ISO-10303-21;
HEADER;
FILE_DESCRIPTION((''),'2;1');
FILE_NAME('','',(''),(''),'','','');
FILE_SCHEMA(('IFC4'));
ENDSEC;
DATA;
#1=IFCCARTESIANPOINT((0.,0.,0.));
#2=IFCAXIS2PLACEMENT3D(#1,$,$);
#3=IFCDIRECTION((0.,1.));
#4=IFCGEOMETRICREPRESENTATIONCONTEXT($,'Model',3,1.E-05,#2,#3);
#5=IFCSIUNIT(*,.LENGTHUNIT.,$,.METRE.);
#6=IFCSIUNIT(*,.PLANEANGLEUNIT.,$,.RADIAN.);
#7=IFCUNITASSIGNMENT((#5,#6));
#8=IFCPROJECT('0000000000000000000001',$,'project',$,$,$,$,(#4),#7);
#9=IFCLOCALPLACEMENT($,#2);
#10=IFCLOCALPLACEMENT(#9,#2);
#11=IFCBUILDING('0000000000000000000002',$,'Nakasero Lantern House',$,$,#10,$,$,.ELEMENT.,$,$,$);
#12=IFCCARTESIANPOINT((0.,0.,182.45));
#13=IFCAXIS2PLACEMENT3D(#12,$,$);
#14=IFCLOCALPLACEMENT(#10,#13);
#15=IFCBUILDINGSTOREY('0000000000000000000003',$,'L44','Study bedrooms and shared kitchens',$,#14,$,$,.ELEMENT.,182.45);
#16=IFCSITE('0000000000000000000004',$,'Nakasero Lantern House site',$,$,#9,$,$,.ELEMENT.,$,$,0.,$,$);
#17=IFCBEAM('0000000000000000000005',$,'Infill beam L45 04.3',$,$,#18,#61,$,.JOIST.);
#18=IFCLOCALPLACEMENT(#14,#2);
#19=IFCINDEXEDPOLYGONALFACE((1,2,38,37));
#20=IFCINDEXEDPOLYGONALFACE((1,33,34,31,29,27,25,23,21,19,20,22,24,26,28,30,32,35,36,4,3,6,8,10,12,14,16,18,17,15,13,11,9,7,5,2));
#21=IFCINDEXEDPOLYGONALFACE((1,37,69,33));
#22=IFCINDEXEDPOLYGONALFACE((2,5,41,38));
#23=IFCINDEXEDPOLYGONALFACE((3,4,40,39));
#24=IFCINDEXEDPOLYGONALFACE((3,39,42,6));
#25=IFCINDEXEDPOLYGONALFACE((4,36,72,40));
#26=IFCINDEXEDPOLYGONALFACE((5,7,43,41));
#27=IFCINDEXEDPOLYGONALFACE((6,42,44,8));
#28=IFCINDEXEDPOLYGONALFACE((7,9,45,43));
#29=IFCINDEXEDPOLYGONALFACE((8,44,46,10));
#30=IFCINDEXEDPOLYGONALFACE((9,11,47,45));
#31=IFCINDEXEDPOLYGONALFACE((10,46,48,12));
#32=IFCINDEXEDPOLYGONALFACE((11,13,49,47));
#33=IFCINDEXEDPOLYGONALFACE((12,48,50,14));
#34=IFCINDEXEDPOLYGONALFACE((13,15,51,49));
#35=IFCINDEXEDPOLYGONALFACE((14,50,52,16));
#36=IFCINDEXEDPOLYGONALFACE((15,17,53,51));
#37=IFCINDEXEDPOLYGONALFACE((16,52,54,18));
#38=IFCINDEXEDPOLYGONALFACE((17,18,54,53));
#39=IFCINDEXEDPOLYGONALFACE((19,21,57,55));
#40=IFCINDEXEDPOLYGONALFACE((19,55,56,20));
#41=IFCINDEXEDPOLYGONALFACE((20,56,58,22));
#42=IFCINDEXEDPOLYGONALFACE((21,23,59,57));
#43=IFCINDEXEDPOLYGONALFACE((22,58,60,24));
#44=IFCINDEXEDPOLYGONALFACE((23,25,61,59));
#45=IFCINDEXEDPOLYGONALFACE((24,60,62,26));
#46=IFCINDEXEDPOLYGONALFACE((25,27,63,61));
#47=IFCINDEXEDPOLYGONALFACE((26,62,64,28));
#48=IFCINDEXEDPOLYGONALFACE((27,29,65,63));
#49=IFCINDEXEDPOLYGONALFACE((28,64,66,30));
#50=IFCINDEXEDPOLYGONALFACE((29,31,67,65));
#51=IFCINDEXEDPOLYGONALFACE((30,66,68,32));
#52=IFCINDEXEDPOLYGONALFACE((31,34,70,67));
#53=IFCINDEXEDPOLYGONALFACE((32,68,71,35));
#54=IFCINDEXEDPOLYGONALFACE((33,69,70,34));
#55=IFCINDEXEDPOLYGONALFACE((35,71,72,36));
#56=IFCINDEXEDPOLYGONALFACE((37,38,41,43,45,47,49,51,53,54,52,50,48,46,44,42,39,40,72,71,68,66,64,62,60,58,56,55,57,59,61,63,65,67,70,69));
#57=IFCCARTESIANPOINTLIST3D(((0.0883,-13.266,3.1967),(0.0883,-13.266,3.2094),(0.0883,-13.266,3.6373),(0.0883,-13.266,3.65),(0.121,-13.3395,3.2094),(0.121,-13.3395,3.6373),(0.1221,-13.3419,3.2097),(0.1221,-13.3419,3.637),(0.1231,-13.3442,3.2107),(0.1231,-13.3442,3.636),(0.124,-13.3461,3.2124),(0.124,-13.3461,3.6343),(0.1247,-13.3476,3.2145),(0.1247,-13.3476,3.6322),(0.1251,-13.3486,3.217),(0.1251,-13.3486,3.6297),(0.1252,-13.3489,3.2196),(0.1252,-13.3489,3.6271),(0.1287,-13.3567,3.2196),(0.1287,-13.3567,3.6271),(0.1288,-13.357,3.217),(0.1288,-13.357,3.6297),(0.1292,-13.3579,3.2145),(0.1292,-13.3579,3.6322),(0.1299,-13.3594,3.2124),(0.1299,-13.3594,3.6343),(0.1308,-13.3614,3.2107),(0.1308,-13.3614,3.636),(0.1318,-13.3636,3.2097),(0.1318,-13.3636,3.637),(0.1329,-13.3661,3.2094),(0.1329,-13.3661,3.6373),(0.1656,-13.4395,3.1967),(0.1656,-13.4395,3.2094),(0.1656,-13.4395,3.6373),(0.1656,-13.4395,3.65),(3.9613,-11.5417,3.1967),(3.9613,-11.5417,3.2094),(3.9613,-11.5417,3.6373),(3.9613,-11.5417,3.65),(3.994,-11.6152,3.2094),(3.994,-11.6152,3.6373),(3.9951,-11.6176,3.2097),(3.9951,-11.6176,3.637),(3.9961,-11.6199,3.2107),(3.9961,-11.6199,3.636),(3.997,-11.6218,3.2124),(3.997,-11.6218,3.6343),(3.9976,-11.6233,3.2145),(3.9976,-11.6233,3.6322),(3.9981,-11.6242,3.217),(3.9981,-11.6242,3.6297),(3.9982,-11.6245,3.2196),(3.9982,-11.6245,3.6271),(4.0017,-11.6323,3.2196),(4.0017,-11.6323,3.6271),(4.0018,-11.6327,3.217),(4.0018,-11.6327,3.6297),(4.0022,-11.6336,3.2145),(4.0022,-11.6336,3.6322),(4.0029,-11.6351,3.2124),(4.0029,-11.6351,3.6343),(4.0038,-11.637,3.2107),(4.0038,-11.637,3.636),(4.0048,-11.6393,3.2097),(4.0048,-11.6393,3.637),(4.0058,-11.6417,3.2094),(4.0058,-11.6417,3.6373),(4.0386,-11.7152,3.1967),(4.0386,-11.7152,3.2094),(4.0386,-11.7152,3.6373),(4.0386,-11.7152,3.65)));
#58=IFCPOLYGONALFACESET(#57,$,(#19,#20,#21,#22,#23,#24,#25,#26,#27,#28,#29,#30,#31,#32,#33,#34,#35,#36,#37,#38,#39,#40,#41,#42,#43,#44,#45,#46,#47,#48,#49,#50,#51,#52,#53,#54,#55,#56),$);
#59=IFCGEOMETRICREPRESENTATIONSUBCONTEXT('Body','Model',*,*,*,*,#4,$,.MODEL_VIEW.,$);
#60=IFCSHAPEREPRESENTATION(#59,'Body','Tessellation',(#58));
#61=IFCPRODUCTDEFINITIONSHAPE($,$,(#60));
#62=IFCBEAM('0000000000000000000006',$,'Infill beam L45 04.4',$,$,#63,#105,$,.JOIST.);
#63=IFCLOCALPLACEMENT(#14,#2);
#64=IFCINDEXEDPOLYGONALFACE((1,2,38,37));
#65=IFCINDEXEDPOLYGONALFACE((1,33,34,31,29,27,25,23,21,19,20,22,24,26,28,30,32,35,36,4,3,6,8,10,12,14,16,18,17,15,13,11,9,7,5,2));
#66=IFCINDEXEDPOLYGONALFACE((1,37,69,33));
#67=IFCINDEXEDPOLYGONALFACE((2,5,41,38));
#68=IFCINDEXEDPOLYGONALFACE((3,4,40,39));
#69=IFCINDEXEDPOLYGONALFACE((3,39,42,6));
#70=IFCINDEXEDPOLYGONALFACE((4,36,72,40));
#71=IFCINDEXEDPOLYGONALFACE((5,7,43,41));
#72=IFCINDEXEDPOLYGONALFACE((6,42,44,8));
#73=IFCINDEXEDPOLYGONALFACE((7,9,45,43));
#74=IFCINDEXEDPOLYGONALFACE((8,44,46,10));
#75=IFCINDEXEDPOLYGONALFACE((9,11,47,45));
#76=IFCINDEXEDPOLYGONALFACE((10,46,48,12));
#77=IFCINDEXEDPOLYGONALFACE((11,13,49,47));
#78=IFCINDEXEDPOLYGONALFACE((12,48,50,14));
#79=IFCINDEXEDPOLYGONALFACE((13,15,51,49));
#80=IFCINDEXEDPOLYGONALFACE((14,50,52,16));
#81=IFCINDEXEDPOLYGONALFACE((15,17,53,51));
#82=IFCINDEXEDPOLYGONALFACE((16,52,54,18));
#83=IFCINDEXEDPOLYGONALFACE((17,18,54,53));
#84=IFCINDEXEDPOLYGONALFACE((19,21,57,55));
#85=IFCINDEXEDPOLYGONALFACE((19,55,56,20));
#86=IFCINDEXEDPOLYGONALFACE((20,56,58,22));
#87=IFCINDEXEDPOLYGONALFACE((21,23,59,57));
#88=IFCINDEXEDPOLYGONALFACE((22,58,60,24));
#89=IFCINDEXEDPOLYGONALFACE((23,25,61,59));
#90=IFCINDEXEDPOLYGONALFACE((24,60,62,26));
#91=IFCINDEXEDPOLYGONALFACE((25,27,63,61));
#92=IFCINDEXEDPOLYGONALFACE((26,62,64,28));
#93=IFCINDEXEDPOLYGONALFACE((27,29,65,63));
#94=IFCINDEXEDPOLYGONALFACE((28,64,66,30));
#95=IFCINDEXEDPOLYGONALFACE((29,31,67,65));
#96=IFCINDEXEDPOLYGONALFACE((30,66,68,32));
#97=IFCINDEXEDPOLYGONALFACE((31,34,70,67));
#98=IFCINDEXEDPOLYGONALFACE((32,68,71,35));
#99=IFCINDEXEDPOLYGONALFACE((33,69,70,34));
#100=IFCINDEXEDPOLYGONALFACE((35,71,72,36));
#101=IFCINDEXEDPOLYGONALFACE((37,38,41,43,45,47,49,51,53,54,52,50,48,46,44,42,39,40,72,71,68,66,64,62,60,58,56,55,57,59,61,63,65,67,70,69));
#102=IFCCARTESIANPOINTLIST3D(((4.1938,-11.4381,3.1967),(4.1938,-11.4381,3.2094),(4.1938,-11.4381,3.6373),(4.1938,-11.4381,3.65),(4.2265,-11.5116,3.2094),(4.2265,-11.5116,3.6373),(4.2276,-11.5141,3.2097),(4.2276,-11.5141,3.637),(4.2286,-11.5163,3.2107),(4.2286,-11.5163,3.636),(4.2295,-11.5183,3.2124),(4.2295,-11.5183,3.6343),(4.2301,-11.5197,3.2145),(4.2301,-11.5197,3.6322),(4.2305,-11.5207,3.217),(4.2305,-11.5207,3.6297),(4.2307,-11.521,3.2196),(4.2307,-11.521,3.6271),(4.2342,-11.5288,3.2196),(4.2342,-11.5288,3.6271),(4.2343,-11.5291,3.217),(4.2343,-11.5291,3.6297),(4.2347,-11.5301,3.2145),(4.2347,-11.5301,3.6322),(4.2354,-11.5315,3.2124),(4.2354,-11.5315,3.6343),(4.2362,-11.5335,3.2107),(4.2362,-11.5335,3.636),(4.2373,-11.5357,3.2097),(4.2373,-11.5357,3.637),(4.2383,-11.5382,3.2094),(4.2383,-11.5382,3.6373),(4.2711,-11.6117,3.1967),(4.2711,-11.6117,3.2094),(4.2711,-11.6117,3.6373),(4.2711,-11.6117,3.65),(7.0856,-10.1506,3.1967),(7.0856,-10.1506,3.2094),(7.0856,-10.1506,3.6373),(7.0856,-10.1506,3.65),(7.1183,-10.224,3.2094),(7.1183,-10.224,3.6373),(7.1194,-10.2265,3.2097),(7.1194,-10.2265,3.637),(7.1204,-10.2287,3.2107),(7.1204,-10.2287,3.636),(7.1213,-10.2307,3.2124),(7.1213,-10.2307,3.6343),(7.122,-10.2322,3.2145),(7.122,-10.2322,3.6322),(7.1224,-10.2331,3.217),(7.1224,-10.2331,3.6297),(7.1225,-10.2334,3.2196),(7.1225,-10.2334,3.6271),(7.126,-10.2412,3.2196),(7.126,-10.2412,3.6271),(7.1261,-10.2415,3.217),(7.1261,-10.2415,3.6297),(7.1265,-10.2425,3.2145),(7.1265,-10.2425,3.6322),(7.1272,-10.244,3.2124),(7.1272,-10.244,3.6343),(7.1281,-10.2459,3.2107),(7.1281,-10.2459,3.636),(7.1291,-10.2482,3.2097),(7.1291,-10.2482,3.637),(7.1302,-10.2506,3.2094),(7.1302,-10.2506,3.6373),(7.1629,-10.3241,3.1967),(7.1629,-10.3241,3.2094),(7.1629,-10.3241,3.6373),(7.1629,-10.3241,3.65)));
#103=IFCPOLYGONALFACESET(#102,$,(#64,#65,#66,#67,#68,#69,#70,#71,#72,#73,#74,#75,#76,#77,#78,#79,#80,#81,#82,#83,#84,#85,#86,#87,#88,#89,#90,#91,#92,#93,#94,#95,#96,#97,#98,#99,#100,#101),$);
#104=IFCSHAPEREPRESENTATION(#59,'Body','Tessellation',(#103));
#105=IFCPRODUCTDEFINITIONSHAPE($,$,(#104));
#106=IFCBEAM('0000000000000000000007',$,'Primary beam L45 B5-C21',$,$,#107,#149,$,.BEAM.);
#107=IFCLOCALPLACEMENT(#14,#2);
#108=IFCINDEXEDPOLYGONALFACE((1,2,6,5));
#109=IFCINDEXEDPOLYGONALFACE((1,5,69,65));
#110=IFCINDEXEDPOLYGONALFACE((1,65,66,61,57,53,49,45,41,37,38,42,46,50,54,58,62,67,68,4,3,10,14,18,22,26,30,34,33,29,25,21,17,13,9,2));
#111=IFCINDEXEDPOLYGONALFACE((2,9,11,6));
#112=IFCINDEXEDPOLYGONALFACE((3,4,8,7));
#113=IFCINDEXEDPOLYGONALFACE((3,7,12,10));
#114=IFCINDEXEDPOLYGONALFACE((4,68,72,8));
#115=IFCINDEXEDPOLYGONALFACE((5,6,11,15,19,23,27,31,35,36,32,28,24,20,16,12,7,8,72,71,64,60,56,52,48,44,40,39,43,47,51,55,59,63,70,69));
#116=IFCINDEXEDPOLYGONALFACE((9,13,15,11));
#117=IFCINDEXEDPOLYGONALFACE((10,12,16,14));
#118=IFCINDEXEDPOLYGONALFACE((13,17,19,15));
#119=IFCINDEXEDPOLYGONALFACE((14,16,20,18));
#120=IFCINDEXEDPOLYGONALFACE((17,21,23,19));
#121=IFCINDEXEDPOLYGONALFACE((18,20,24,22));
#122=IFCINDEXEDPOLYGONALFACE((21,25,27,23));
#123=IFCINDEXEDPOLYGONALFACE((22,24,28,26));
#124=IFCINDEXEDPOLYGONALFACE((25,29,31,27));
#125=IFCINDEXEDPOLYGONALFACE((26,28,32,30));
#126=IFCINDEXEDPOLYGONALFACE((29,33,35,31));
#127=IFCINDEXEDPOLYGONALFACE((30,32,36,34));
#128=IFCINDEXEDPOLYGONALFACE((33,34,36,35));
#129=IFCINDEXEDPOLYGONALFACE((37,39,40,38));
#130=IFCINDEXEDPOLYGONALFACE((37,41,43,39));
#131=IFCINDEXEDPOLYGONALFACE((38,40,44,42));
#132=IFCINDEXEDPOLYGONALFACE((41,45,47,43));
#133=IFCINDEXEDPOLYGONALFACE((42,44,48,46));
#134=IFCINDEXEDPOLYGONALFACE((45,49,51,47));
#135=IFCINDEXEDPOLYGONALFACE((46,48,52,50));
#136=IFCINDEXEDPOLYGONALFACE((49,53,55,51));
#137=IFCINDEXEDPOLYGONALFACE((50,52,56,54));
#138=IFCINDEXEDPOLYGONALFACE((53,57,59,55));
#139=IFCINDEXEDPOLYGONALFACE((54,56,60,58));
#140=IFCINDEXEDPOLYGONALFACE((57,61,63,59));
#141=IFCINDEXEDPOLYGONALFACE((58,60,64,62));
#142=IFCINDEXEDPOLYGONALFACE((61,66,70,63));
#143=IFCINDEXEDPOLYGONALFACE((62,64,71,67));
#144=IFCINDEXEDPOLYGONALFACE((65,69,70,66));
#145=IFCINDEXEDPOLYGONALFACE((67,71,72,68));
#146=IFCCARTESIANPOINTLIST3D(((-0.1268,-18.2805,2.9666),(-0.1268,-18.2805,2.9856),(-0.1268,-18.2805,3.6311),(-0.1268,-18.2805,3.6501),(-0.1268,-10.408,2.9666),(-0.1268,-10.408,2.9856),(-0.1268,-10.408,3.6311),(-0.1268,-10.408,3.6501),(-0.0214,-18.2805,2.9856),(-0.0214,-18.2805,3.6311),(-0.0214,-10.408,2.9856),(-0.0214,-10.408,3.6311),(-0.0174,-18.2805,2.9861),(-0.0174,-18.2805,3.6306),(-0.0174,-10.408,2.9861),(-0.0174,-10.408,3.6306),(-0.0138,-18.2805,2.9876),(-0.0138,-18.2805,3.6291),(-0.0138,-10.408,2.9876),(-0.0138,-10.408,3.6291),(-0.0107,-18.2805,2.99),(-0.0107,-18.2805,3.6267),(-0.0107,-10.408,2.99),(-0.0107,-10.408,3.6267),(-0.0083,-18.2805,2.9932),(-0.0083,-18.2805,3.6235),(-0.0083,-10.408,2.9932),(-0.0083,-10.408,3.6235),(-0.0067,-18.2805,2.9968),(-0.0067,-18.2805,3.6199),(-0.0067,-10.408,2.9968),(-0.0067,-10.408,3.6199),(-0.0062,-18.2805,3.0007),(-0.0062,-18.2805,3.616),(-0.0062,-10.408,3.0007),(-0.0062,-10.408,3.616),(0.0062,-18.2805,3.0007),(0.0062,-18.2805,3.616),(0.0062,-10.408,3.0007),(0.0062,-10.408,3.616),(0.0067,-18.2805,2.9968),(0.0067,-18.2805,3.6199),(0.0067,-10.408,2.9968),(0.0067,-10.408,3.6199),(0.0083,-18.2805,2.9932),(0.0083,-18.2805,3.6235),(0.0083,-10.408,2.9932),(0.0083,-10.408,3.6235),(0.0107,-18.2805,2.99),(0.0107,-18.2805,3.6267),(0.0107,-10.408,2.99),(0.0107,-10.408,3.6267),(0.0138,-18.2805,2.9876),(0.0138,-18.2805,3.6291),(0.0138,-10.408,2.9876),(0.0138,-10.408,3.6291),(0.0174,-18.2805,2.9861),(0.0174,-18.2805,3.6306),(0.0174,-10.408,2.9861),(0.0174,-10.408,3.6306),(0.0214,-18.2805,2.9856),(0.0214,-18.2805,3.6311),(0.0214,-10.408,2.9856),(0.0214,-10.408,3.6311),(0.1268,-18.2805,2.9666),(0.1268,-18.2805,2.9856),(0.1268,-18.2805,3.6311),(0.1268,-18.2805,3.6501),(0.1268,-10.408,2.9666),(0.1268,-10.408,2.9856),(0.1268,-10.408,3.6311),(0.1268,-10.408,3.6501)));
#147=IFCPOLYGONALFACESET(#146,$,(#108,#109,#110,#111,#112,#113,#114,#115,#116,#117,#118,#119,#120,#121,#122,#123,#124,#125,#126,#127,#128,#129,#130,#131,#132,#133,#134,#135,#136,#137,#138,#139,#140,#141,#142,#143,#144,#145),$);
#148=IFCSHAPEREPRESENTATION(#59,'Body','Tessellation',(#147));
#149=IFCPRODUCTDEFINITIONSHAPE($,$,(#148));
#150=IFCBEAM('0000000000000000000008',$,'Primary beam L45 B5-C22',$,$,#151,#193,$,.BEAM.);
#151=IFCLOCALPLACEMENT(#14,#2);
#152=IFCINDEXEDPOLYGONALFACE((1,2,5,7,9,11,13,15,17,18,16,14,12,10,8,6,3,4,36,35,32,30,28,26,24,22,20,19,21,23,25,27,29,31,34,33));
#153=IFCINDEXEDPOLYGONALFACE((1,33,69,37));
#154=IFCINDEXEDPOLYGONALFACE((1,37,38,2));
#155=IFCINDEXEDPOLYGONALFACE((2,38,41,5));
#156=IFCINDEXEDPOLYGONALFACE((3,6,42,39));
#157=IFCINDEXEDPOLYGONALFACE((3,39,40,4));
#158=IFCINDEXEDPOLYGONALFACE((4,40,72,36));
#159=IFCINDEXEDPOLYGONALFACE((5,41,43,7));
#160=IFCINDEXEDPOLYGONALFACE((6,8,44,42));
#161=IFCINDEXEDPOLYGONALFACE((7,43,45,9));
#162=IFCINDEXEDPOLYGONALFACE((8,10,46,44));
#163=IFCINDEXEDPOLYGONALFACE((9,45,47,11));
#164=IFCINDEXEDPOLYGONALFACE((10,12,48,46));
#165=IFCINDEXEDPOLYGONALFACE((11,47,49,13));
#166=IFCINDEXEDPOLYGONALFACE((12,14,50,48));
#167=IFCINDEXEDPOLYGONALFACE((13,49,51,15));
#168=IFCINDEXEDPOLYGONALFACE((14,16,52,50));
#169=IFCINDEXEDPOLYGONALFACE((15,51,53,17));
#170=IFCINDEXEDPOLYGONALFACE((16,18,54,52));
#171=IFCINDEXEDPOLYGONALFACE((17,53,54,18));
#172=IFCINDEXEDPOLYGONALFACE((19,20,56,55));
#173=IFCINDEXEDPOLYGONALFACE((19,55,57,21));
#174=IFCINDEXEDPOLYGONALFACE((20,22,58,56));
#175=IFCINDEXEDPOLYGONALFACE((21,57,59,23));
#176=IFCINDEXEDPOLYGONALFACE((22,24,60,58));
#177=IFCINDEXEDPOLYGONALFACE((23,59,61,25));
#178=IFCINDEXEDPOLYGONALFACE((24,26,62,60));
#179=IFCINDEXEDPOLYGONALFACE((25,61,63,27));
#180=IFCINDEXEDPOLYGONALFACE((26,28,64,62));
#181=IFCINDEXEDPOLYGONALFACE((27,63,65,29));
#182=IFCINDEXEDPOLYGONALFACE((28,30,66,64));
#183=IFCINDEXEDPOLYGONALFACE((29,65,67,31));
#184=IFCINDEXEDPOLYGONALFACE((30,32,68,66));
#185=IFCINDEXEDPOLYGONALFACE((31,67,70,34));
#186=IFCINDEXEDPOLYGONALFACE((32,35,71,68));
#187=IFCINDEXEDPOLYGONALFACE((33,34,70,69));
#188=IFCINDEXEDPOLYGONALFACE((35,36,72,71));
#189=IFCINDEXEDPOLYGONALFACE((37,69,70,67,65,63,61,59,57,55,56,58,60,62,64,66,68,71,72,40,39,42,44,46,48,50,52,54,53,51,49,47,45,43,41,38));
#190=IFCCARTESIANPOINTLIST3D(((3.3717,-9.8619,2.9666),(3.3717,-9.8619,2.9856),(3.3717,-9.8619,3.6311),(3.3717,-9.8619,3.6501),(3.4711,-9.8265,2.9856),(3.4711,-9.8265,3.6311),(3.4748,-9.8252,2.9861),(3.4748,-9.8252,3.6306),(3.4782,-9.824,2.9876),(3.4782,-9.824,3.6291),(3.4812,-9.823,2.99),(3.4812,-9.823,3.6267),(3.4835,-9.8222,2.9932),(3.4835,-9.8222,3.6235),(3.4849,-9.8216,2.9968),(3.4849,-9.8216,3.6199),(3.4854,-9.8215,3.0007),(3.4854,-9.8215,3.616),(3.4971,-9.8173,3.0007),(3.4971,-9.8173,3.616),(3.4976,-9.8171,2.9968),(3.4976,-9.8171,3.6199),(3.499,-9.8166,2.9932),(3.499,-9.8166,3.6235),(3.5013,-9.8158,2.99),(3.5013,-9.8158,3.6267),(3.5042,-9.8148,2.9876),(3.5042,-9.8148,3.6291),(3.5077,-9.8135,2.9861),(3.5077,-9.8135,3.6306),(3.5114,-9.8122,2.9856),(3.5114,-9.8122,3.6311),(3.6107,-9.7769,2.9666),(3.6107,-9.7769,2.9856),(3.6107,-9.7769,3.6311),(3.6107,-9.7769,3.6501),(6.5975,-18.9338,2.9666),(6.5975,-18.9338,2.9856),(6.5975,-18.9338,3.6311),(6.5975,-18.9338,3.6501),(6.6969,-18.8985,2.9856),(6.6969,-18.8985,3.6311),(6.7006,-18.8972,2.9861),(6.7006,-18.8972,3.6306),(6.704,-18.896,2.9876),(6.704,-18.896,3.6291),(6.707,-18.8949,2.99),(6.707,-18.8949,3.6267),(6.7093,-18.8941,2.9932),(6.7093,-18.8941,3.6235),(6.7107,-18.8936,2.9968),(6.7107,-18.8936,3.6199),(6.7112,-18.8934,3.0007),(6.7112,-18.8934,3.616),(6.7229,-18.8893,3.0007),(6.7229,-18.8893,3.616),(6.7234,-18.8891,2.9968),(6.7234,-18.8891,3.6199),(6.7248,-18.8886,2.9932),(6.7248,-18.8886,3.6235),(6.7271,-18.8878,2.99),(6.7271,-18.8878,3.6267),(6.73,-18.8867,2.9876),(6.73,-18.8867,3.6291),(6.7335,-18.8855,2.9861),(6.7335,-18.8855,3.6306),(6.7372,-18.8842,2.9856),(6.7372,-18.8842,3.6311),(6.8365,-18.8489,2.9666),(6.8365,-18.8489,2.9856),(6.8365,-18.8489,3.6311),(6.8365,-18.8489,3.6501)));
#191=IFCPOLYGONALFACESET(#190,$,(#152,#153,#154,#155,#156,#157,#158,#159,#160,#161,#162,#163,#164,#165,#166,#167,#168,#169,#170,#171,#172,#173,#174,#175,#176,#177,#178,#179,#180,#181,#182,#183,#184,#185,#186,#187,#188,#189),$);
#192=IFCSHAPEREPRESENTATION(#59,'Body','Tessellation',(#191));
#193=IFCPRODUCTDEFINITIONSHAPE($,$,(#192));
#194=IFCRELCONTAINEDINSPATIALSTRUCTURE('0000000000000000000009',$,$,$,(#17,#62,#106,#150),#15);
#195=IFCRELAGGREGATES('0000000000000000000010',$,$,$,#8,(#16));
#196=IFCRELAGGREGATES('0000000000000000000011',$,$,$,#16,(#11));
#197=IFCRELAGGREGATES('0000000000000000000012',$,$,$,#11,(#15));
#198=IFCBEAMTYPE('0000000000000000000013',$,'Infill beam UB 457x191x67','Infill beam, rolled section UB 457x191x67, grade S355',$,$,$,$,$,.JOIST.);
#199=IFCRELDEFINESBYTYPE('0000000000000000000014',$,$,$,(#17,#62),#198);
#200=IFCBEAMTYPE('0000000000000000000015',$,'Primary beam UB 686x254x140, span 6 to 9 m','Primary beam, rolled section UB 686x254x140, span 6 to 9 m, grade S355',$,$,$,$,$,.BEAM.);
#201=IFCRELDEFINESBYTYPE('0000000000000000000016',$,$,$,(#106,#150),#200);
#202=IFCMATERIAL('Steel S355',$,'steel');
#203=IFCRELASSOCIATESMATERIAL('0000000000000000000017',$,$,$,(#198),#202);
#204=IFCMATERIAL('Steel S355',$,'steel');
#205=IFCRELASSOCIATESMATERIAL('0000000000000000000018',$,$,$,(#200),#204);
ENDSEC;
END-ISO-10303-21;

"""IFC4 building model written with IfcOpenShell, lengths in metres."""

from ifc_helpers import new_model, si_unit, direction, frame, origin, origin_2d, place, context, subcontext, project, spatial, i_section, extrude, material, material_profile, profile_set, type_object, element, save


model = new_model("IFC4")

# Units and contexts
model_context = context("Model", 3, precision=1e-05, world=origin(), true_north=direction((0.0, 1.0)))
body_context = subcontext(model_context, "Body", "Model", "MODEL_VIEW")
ifc_project = project(units=[si_unit("LENGTHUNIT", "METRE"), si_unit("PLANEANGLEUNIT", "RADIAN")], contexts=[model_context])

# Site, building, storey
site_placement = place(None, origin())
site = spatial("IfcSite", under=ifc_project, at=site_placement, Name="Nakasero Lantern House site", CompositionType="ELEMENT", RefElevation=0.0)
building_placement = place(site_placement, origin())
building = spatial("IfcBuilding", under=site, at=building_placement, Name="Nakasero Lantern House", CompositionType="ELEMENT")
storey_placement = place(building_placement, frame((0.0, 0.0, 182.45)))
storey = spatial("IfcBuildingStorey", under=building, at=storey_placement, Name="L44", Description="Study bedrooms and shared kitchens", CompositionType="ELEMENT", Elevation=182.45)

# Beams
ifc_material_1 = material(Name="Steel S355", Category="steel")
ifc_material_profile_1 = material_profile(ifc_material_1, i_section(OverallWidth=0.1899, OverallDepth=0.4534, WebThickness=0.0085, FlangeThickness=0.0127, FilletRadius=0.0103, at=origin_2d()), Name="UB 457x191x67")
ifc_profile_set_1 = profile_set([ifc_material_profile_1], Name="Steel S355")
beam_type_1 = type_object("IfcBeamType", Name="Infill beam UB 457x191x67", Description="Infill beam, rolled section UB 457x191x67, grade S355", PredefinedType="JOIST", material=ifc_profile_set_1)
beam_1_placement = place(storey_placement, frame((0.127, -13.3528, 3.4233), z_axis=(0.913548, 0.406731, 0.0), x_axis=(-0.406731, 0.913548, 0.0)))
element("IfcBeam", 1, at=beam_1_placement, inside=storey, type_object=beam_type_1, Name="Infill beam L45 04.3", PredefinedType="JOIST", context=body_context, shape_type="SweptSolid", body=[
    extrude(i_section(OverallWidth=0.1899, OverallDepth=0.4534, WebThickness=0.0085, FlangeThickness=0.0127, FilletRadius=0.0103, at=origin_2d()), origin(), (0.0, 0.0, 1.0), 4.2395),
])
beam_2_placement = place(storey_placement, frame((4.2324, -11.5249, 3.4233), z_axis=(0.913538, 0.406754, 0.0), x_axis=(-0.406754, 0.913538, 0.0)))
element("IfcBeam", 2, at=beam_2_placement, inside=storey, type_object=beam_type_1, Name="Infill beam L45 04.4", PredefinedType="JOIST", context=body_context, shape_type="SweptSolid", body=[
    extrude(i_section(OverallWidth=0.1899, OverallDepth=0.4534, WebThickness=0.0085, FlangeThickness=0.0127, FilletRadius=0.0103, at=origin_2d()), origin(), (0.0, 0.0, 1.0), 3.1655),
])
ifc_material_2 = material(Name="Steel S355", Category="steel")
ifc_material_profile_2 = material_profile(ifc_material_2, i_section(OverallWidth=0.2537, OverallDepth=0.6836, WebThickness=0.0125, FlangeThickness=0.019, FilletRadius=0.0151, at=origin_2d()), Name="UB 686x254x140")
ifc_profile_set_2 = profile_set([ifc_material_profile_2], Name="Steel S355")
beam_type_2 = type_object("IfcBeamType", Name="Primary beam UB 686x254x140, span 6 to 9 m", Description="Primary beam, rolled section UB 686x254x140, span 6 to 9 m, grade S355", PredefinedType="BEAM", material=ifc_profile_set_2)
beam_3_placement = place(storey_placement, frame((0.0, -18.2805, 3.3083), z_axis=(0.0, 1.0, 0.0), x_axis=(-1.0, 0.0, 0.0)))
element("IfcBeam", 3, at=beam_3_placement, inside=storey, type_object=beam_type_2, Name="Primary beam L45 B5-C21", PredefinedType="BEAM", context=body_context, shape_type="SweptSolid", body=[
    extrude(i_section(OverallWidth=0.2537, OverallDepth=0.6836, WebThickness=0.0125, FlangeThickness=0.019, FilletRadius=0.0151, at=origin_2d()), origin(), (0.0, 0.0, 1.0), 7.8726),
])
beam_4_placement = place(storey_placement, frame((6.717, -18.8914, 3.3083), z_axis=(-0.33503, 0.942207, 0.0), x_axis=(-0.942207, -0.33503, 0.0)))
element("IfcBeam", 4, at=beam_4_placement, inside=storey, type_object=beam_type_2, Name="Primary beam L45 B5-C22", PredefinedType="BEAM", context=body_context, shape_type="SweptSolid", body=[
    extrude(i_section(OverallWidth=0.2537, OverallDepth=0.6836, WebThickness=0.0125, FlangeThickness=0.019, FilletRadius=0.0151, at=origin_2d()), origin(), (0.0, 0.0, 1.0), 9.6284),
])

save(model, "model.ifc")
